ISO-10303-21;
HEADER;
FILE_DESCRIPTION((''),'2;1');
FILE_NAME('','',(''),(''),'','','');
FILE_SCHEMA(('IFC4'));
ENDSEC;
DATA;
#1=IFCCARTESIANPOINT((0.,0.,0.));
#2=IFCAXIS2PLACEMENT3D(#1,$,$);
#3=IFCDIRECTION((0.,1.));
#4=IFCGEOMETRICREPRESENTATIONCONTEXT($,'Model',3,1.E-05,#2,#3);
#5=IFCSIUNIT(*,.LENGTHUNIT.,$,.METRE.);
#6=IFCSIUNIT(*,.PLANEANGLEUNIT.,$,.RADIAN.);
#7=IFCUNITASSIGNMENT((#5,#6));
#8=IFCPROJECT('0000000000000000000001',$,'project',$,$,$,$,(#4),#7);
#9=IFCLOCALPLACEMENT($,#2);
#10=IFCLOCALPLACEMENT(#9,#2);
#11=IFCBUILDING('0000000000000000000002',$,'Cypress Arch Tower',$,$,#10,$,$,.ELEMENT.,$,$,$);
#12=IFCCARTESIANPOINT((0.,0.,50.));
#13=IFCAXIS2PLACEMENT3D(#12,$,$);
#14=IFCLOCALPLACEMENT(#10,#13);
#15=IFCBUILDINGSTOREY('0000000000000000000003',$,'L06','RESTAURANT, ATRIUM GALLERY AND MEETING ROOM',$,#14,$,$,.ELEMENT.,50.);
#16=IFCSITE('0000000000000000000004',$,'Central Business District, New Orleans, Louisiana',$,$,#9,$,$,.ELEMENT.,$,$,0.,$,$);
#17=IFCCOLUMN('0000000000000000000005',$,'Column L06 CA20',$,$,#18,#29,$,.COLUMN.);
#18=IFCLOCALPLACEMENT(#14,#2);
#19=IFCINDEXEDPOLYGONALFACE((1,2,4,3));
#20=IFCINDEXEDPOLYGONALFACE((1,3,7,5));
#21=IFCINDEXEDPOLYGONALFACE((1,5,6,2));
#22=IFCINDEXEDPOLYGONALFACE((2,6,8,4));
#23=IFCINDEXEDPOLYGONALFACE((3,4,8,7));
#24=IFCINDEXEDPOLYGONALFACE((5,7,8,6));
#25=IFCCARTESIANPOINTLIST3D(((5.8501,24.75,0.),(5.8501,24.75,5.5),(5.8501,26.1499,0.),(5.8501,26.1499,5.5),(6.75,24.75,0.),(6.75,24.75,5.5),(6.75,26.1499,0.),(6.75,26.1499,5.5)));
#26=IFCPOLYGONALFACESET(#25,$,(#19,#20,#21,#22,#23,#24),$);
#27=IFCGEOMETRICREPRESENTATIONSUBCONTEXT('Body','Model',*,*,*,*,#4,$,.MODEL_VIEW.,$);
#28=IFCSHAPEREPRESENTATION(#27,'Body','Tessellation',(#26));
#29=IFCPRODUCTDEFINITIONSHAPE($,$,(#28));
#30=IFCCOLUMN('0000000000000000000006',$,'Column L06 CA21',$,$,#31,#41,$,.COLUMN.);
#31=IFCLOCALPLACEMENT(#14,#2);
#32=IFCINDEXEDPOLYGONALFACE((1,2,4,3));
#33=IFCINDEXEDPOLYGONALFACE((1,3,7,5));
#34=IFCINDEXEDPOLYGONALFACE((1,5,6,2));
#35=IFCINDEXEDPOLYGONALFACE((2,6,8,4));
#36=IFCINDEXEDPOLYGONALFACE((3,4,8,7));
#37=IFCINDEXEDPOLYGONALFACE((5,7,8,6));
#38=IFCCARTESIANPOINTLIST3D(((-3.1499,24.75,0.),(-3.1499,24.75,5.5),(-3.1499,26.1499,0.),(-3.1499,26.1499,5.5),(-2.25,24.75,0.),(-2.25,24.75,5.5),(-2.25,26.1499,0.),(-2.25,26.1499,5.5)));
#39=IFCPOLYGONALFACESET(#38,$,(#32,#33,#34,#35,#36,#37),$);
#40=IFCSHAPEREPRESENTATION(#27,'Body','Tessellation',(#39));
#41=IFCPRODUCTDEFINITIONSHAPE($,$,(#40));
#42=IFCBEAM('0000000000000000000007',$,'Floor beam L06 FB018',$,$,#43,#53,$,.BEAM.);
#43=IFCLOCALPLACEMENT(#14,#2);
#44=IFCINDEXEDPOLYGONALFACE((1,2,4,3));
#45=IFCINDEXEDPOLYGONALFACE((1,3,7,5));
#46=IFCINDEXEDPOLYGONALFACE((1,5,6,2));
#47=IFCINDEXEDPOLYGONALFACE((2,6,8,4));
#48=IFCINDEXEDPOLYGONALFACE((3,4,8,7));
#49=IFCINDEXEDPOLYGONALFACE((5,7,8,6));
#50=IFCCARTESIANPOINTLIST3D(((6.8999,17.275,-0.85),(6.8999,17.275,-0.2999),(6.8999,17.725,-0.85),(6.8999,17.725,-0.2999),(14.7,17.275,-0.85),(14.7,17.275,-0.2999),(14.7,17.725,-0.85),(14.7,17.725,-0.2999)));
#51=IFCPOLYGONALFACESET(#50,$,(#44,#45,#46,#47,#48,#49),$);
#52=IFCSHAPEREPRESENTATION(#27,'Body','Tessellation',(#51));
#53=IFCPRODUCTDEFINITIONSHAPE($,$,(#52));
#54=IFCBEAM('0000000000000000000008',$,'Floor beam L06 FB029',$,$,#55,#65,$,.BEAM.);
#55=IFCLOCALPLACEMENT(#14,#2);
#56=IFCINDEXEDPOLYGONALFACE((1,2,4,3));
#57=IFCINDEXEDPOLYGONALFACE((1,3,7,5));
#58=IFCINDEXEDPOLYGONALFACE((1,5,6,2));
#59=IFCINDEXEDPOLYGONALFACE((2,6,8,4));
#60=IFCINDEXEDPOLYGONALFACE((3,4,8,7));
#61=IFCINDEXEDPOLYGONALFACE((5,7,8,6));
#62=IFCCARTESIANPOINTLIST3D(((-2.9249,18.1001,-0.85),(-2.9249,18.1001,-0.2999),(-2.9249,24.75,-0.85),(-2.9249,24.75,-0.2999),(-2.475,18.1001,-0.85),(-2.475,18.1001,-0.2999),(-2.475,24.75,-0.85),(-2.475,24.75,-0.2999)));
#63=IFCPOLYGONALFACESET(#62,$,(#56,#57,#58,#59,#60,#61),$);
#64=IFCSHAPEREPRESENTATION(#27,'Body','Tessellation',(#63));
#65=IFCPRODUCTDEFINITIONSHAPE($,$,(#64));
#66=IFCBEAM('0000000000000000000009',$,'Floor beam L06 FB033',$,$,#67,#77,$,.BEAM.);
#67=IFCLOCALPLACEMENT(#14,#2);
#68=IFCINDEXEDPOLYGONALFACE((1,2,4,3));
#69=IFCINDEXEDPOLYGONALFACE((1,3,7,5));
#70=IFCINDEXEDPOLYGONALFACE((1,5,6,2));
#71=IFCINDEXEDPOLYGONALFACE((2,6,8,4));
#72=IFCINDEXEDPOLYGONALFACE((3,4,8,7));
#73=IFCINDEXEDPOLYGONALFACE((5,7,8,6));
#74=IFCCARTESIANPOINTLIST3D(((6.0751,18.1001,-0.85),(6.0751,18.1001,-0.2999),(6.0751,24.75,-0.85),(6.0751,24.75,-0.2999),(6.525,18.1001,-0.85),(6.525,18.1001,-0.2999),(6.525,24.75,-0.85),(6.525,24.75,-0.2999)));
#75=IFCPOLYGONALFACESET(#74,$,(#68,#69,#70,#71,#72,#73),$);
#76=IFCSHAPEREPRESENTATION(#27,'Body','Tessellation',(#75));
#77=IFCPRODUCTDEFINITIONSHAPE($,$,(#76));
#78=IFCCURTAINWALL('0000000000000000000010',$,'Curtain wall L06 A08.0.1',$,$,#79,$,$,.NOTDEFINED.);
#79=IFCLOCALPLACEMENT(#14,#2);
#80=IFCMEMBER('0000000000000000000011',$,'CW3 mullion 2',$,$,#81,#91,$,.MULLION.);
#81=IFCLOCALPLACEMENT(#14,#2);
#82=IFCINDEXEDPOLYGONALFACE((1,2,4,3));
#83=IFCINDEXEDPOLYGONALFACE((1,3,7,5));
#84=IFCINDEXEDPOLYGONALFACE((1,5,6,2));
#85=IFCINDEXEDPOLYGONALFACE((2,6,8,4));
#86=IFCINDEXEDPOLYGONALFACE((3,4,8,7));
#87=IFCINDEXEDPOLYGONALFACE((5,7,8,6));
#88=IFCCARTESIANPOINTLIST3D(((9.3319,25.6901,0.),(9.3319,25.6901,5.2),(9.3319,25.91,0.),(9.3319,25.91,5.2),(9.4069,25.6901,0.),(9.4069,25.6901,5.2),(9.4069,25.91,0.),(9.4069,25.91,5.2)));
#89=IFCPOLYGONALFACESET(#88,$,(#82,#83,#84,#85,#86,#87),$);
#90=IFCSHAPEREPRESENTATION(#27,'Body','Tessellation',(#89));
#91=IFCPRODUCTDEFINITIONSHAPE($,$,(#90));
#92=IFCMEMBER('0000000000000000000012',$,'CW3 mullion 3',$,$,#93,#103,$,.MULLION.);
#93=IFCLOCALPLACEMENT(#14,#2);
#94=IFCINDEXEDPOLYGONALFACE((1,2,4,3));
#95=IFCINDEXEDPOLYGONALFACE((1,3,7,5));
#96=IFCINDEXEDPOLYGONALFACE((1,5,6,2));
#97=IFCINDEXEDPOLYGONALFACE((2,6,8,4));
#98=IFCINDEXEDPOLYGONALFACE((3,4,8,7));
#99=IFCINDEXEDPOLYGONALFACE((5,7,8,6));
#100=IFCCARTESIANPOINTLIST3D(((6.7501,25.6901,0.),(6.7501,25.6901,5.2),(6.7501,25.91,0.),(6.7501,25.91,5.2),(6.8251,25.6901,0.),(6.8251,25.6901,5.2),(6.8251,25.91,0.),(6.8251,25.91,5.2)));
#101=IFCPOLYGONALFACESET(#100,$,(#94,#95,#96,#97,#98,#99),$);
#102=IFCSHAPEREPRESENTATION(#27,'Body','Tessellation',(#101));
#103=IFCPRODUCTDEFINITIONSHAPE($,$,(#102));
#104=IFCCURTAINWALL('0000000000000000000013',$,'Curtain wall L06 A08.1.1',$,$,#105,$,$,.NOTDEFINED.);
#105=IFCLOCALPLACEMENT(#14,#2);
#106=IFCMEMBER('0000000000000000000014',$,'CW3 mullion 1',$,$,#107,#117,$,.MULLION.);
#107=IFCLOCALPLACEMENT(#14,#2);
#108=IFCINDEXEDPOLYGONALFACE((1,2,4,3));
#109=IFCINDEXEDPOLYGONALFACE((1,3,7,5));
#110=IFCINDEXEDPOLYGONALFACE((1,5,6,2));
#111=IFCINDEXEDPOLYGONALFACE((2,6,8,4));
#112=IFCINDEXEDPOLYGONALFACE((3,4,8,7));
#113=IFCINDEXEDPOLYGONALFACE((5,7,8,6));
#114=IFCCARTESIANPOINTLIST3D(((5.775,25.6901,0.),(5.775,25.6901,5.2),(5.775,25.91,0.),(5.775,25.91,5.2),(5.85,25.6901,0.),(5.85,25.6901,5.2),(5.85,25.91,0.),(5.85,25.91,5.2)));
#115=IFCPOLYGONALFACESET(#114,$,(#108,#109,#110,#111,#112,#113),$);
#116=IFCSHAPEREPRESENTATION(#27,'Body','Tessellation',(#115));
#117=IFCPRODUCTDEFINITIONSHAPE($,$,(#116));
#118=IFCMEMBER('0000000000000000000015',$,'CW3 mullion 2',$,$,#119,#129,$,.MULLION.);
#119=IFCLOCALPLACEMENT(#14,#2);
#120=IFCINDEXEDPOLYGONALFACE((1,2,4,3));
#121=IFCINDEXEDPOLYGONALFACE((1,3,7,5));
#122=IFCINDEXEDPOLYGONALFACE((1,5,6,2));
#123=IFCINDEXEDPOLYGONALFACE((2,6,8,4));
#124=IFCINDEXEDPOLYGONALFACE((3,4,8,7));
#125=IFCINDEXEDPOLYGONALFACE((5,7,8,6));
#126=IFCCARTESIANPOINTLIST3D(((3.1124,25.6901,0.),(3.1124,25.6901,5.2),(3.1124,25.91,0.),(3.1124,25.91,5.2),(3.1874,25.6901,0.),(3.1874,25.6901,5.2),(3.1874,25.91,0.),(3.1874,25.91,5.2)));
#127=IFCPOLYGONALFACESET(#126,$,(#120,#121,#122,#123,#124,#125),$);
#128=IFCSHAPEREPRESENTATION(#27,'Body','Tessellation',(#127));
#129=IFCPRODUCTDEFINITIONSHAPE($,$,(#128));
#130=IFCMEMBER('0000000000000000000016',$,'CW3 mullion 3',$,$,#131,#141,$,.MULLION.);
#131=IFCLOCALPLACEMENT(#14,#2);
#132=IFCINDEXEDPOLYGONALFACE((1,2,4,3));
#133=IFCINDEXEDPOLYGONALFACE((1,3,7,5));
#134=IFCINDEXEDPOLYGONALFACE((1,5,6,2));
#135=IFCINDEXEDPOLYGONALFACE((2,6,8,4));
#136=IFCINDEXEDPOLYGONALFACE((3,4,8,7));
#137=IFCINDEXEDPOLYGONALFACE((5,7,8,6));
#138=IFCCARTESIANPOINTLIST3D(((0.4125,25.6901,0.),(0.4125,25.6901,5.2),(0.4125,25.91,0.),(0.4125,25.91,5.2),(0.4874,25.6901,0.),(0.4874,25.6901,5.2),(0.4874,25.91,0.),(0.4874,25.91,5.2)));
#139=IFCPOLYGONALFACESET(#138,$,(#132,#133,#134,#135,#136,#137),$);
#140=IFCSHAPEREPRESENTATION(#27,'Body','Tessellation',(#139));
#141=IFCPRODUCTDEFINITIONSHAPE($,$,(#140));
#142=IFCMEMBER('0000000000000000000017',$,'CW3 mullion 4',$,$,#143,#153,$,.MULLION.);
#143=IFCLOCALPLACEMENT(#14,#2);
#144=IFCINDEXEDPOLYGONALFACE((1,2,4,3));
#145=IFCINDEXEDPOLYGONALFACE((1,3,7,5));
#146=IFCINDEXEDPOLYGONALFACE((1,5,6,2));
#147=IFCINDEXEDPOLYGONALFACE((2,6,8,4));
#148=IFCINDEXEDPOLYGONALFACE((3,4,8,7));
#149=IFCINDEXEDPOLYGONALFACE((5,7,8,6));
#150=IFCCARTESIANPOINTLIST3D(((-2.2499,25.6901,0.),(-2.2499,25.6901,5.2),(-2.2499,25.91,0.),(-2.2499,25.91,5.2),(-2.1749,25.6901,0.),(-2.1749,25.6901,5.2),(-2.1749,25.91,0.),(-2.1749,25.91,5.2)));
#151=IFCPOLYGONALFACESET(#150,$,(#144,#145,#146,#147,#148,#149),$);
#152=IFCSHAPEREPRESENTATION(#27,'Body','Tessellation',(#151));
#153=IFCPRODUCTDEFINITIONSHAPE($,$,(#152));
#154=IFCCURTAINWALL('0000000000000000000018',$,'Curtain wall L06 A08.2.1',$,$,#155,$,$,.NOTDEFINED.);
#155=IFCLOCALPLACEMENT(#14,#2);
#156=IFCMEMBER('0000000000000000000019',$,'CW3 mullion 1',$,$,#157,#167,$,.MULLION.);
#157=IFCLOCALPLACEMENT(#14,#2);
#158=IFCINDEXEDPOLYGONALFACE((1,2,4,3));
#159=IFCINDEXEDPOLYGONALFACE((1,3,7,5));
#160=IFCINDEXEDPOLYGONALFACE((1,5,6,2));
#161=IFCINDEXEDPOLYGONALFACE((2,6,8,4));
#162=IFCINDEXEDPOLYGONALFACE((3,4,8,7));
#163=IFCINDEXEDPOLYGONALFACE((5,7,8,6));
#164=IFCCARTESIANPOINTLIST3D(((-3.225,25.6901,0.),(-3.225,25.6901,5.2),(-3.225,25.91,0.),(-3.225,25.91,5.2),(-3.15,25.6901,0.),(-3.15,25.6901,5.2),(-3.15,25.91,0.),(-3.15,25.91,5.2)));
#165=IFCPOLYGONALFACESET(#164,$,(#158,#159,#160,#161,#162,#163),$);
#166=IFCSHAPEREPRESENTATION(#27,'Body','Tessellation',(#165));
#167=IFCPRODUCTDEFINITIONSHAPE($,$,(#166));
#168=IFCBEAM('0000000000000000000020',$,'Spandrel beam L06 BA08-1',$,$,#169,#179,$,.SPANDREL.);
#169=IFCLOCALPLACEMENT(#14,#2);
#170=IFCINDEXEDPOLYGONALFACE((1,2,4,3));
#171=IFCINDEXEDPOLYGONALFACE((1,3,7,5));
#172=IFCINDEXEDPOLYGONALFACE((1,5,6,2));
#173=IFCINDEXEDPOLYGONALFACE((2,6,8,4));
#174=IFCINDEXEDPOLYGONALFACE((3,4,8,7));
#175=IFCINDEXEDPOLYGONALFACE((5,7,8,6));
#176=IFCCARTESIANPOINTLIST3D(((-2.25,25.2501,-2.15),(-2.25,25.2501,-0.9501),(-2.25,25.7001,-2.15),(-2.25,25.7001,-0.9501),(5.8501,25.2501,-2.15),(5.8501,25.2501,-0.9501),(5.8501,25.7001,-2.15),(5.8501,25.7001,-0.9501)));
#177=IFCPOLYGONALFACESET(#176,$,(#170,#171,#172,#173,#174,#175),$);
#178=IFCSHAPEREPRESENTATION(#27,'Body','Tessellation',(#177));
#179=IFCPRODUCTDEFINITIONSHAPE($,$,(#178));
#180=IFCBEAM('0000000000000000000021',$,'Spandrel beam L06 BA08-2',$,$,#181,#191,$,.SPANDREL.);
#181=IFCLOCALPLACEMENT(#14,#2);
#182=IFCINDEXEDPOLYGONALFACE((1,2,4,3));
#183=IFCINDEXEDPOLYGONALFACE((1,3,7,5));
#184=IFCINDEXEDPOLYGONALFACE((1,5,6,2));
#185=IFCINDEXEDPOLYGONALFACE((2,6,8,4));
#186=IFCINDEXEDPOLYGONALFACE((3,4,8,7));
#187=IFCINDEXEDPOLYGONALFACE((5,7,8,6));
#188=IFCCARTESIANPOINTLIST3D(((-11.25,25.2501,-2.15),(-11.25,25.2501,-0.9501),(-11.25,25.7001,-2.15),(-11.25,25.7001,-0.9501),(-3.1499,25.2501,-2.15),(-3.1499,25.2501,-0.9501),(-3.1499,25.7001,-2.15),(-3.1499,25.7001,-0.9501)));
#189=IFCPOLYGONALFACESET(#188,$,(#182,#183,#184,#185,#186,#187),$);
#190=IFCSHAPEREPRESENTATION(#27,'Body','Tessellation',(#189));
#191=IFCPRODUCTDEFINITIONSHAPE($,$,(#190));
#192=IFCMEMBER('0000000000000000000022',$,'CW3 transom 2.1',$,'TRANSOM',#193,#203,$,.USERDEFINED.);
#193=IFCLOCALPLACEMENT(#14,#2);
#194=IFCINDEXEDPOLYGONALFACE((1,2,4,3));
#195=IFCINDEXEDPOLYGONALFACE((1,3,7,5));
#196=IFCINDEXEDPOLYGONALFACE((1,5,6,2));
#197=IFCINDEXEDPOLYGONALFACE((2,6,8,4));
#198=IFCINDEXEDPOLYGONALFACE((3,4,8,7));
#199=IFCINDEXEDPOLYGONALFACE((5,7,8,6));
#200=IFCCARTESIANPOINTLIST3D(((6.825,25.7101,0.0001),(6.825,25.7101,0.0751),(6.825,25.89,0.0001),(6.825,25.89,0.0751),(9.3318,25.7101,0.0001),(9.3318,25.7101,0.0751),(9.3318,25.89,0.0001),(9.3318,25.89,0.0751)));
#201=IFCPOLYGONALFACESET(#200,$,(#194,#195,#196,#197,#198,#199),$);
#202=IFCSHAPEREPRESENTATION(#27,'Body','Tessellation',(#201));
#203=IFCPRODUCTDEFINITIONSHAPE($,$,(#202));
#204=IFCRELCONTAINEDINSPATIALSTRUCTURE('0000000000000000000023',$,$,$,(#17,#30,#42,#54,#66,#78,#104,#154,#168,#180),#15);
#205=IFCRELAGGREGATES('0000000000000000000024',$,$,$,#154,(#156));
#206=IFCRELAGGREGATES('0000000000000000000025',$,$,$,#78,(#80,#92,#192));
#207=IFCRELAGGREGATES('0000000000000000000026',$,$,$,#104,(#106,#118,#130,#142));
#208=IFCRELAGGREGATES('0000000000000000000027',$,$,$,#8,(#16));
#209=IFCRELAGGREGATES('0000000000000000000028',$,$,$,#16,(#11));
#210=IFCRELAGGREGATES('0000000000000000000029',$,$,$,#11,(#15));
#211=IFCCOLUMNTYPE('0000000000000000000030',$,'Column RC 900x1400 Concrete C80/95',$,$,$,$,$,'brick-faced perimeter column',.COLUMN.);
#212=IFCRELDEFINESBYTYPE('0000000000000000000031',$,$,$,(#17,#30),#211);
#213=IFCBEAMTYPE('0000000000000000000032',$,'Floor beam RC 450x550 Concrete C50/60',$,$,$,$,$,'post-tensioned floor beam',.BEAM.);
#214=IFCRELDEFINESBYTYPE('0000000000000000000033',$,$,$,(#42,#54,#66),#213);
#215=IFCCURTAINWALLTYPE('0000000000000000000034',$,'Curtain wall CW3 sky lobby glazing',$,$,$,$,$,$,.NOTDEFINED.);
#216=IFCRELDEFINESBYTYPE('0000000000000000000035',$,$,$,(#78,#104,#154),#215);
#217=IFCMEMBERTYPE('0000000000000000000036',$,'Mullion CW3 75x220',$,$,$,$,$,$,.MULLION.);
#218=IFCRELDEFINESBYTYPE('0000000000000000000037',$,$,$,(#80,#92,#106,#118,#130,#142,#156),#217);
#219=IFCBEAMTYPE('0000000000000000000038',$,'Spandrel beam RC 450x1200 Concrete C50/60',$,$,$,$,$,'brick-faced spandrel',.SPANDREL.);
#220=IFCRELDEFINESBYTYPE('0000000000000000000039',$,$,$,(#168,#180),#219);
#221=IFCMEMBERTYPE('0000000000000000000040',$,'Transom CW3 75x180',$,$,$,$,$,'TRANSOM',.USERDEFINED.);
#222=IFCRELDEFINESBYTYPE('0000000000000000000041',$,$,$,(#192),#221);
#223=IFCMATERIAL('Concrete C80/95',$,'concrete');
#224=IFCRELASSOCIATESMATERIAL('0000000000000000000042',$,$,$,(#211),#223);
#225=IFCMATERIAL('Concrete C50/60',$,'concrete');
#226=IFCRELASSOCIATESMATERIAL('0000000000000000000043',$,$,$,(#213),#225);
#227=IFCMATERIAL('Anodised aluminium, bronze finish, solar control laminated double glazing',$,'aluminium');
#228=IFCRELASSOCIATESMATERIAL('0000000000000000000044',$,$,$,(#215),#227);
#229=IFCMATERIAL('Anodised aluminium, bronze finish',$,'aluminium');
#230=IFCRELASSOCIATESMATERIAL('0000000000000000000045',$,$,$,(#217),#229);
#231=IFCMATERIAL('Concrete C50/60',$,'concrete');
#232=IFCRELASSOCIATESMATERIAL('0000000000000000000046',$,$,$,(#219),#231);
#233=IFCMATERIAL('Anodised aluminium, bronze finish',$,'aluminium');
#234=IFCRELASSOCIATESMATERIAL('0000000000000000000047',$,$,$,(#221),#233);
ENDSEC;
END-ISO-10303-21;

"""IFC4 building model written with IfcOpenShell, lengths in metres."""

from ifc_helpers import new_model, si_unit, direction, frame, origin, origin_2d, place, context, subcontext, project, spatial, rectangle, extrude, material, material_profile, profile_set, type_object, element, aggregate, save


model = new_model("IFC4")

# Units and contexts
model_context = context("Model", 3, precision=1e-05, world=origin(), true_north=direction((0.0, 1.0)))
body_context = subcontext(model_context, "Body", "Model", "MODEL_VIEW")
ifc_project = project(units=[si_unit("LENGTHUNIT", "METRE"), si_unit("PLANEANGLEUNIT", "RADIAN")], contexts=[model_context])

# Site, building, storey
site_placement = place(None, origin())
site = spatial("IfcSite", under=ifc_project, at=site_placement, Name="Central Business District, New Orleans, Louisiana", CompositionType="ELEMENT", RefElevation=0.0)
building_placement = place(site_placement, origin())
building = spatial("IfcBuilding", under=site, at=building_placement, Name="Cypress Arch Tower", CompositionType="ELEMENT")
storey_placement = place(building_placement, frame((0.0, 0.0, 50.0)))
storey = spatial("IfcBuildingStorey", under=building, at=storey_placement, Name="L06", Description="RESTAURANT, ATRIUM GALLERY AND MEETING ROOM", CompositionType="ELEMENT", Elevation=50.0)

# Columns
ifc_material_1 = material(Name="Concrete C80/95", Category="concrete")
ifc_material_profile_1 = material_profile(ifc_material_1, rectangle(XDim=0.8999, YDim=1.3999, at=origin_2d()), Name="RC 900x1400")
ifc_profile_set_1 = profile_set([ifc_material_profile_1], Name="Concrete C80/95")
column_type = type_object("IfcColumnType", Name="Column RC 900x1400 Concrete C80/95", ElementType="brick-faced perimeter column", PredefinedType="COLUMN", material=ifc_profile_set_1)
for number, where, z_axis, x_axis, name in (
    (1, (6.3, 25.45, 0.0), (0.0, 0.0, 1.0), (-1.0, 0.0, 0.0), "Column L06 CA20"),
    (2, (-2.7, 25.45, 0.0), (0.0, 0.0, 1.0), (-1.0, 0.0, 0.0), "Column L06 CA21"),
):
    element("IfcColumn", number, at=place(storey_placement, frame(where, z_axis=z_axis, x_axis=x_axis)), inside=storey, type_object=column_type, Name=name, PredefinedType="COLUMN", context=body_context, shape_type="SweptSolid", body=[
        extrude(rectangle(XDim=0.8999, YDim=1.3999, at=origin_2d()), origin(), (0.0, 0.0, 1.0), 5.5),
    ])

# Beams
ifc_material_2 = material(Name="Concrete C50/60", Category="concrete")
ifc_material_profile_2 = material_profile(ifc_material_2, rectangle(XDim=0.45, YDim=0.55, at=origin_2d()), Name="RC 450x550")
ifc_profile_set_2 = profile_set([ifc_material_profile_2], Name="Concrete C50/60")
beam_type_1 = type_object("IfcBeamType", Name="Floor beam RC 450x550 Concrete C50/60", ElementType="post-tensioned floor beam", PredefinedType="BEAM", material=ifc_profile_set_2)
beam_placement = place(storey_placement, frame((6.8999, 17.5, -0.575), z_axis=(1.0, 0.0, 0.0), x_axis=(0.0, 1.0, 0.0)))
element("IfcBeam", 3, at=beam_placement, inside=storey, type_object=beam_type_1, Name="Floor beam L06 FB018", PredefinedType="BEAM", context=body_context, shape_type="SweptSolid", body=[
    extrude(rectangle(XDim=0.45, YDim=0.55, at=origin_2d()), origin(), (0.0, 0.0, 1.0), 7.8),
])
for number, where, z_axis, x_axis, name in (
    (4, (-2.7, 18.1001, -0.575), (0.0, 1.0, 0.0), (-1.0, 0.0, 0.0), "Floor beam L06 FB029"),
    (5, (6.3, 18.1001, -0.575), (0.0, 1.0, 0.0), (-1.0, 0.0, 0.0), "Floor beam L06 FB033"),
):
    element("IfcBeam", number, at=place(storey_placement, frame(where, z_axis=z_axis, x_axis=x_axis)), inside=storey, type_object=beam_type_1, Name=name, PredefinedType="BEAM", context=body_context, shape_type="SweptSolid", body=[
        extrude(rectangle(XDim=0.45, YDim=0.55, at=origin_2d()), origin(), (0.0, 0.0, 1.0), 6.6499),
    ])

# Curtain walls, members
ifc_material_3 = material(Name="Anodised aluminium, bronze finish, solar control laminated double glazing", Category="aluminium")
curtain_wall_type = type_object("IfcCurtainWallType", Name="Curtain wall CW3 sky lobby glazing", PredefinedType="NOTDEFINED", material=ifc_material_3)
curtain_wall_1_placement = place(storey_placement, origin())
curtain_wall_1 = element("IfcCurtainWall", 6, at=curtain_wall_1_placement, inside=storey, type_object=curtain_wall_type, Name="Curtain wall L06 A08.0.1", PredefinedType="NOTDEFINED")
ifc_material_4 = material(Name="Anodised aluminium, bronze finish", Category="aluminium")
ifc_material_profile_3 = material_profile(ifc_material_4, rectangle(XDim=0.22, YDim=0.075, at=origin_2d()), Name="Mullion 75x220")
ifc_profile_set_3 = profile_set([ifc_material_profile_3], Name="Anodised aluminium, bronze finish")
member_type_1 = type_object("IfcMemberType", Name="Mullion CW3 75x220", PredefinedType="MULLION", material=ifc_profile_set_3)
member_1_placement = place(storey_placement, frame((9.3694, 25.8, 0.0), z_axis=(0.0, 0.0, 1.0), x_axis=(0.0, -1.0, 0.0)))
member_1 = element("IfcMember", 7, at=member_1_placement, type_object=member_type_1, Name="CW3 mullion 2", PredefinedType="MULLION", context=body_context, shape_type="SweptSolid", body=[
    extrude(rectangle(XDim=0.22, YDim=0.075, at=origin_2d()), origin(), (0.0, 0.0, 1.0), 5.2),
])
member_2_placement = place(storey_placement, frame((6.7876, 25.8, 0.0), z_axis=(0.0, 0.0, 1.0), x_axis=(0.0, -1.0, 0.0)))
member_2 = element("IfcMember", 8, at=member_2_placement, type_object=member_type_1, Name="CW3 mullion 3", PredefinedType="MULLION", context=body_context, shape_type="SweptSolid", body=[
    extrude(rectangle(XDim=0.22, YDim=0.075, at=origin_2d()), origin(), (0.0, 0.0, 1.0), 5.2),
])
curtain_wall_2_placement = place(storey_placement, origin())
curtain_wall_2 = element("IfcCurtainWall", 9, at=curtain_wall_2_placement, inside=storey, type_object=curtain_wall_type, Name="Curtain wall L06 A08.1.1", PredefinedType="NOTDEFINED")
member_3_placement = place(storey_placement, frame((5.8125, 25.8, 0.0), z_axis=(0.0, 0.0, 1.0), x_axis=(0.0, -1.0, 0.0)))
member_3 = element("IfcMember", 10, at=member_3_placement, type_object=member_type_1, Name="CW3 mullion 1", PredefinedType="MULLION", context=body_context, shape_type="SweptSolid", body=[
    extrude(rectangle(XDim=0.22, YDim=0.075, at=origin_2d()), origin(), (0.0, 0.0, 1.0), 5.2),
])
member_4_placement = place(storey_placement, frame((3.1499, 25.8, 0.0), z_axis=(0.0, 0.0, 1.0), x_axis=(0.0, -1.0, 0.0)))
member_4 = element("IfcMember", 11, at=member_4_placement, type_object=member_type_1, Name="CW3 mullion 2", PredefinedType="MULLION", context=body_context, shape_type="SweptSolid", body=[
    extrude(rectangle(XDim=0.22, YDim=0.075, at=origin_2d()), origin(), (0.0, 0.0, 1.0), 5.2),
])
member_5_placement = place(storey_placement, frame((0.45, 25.8, 0.0), z_axis=(0.0, 0.0, 1.0), x_axis=(0.0, -1.0, 0.0)))
member_5 = element("IfcMember", 12, at=member_5_placement, type_object=member_type_1, Name="CW3 mullion 3", PredefinedType="MULLION", context=body_context, shape_type="SweptSolid", body=[
    extrude(rectangle(XDim=0.22, YDim=0.075, at=origin_2d()), origin(), (0.0, 0.0, 1.0), 5.2),
])
member_6_placement = place(storey_placement, frame((-2.2124, 25.8, 0.0), z_axis=(0.0, 0.0, 1.0), x_axis=(0.0, -1.0, 0.0)))
member_6 = element("IfcMember", 13, at=member_6_placement, type_object=member_type_1, Name="CW3 mullion 4", PredefinedType="MULLION", context=body_context, shape_type="SweptSolid", body=[
    extrude(rectangle(XDim=0.22, YDim=0.075, at=origin_2d()), origin(), (0.0, 0.0, 1.0), 5.2),
])

# Curtain wall, member
curtain_wall_3_placement = place(storey_placement, origin())
curtain_wall_3 = element("IfcCurtainWall", 14, at=curtain_wall_3_placement, inside=storey, type_object=curtain_wall_type, Name="Curtain wall L06 A08.2.1", PredefinedType="NOTDEFINED")
member_7_placement = place(storey_placement, frame((-3.1875, 25.8, 0.0), z_axis=(0.0, 0.0, 1.0), x_axis=(0.0, -1.0, 0.0)))
member_7 = element("IfcMember", 15, at=member_7_placement, type_object=member_type_1, Name="CW3 mullion 1", PredefinedType="MULLION", context=body_context, shape_type="SweptSolid", body=[
    extrude(rectangle(XDim=0.22, YDim=0.075, at=origin_2d()), origin(), (0.0, 0.0, 1.0), 5.2),
])
aggregate(curtain_wall_3, [member_7])

# Beams
ifc_material_5 = material(Name="Concrete C50/60", Category="concrete")
ifc_material_profile_4 = material_profile(ifc_material_5, rectangle(XDim=0.45, YDim=1.2, at=origin_2d()), Name="RC 450x1200")
ifc_profile_set_4 = profile_set([ifc_material_profile_4], Name="Concrete C50/60")
beam_type_2 = type_object("IfcBeamType", Name="Spandrel beam RC 450x1200 Concrete C50/60", ElementType="brick-faced spandrel", PredefinedType="SPANDREL", material=ifc_profile_set_4)
for number, where, z_axis, x_axis, name in (
    (16, (5.8501, 25.4751, -1.55), (-1.0, 0.0, 0.0), (0.0, -1.0, 0.0), "Spandrel beam L06 BA08-1"),
    (17, (-3.1499, 25.4751, -1.55), (-1.0, 0.0, 0.0), (0.0, -1.0, 0.0), "Spandrel beam L06 BA08-2"),
):
    element("IfcBeam", number, at=place(storey_placement, frame(where, z_axis=z_axis, x_axis=x_axis)), inside=storey, type_object=beam_type_2, Name=name, PredefinedType="SPANDREL", context=body_context, shape_type="SweptSolid", body=[
        extrude(rectangle(XDim=0.45, YDim=1.2, at=origin_2d()), origin(), (0.0, 0.0, 1.0), 8.1001),
    ])

# Member
ifc_material_6 = material(Name="Anodised aluminium, bronze finish", Category="aluminium")
ifc_material_profile_5 = material_profile(ifc_material_6, rectangle(XDim=0.1799, YDim=0.075, at=origin_2d()), Name="Transom 75x180")
ifc_profile_set_5 = profile_set([ifc_material_profile_5], Name="Anodised aluminium, bronze finish")
member_type_2 = type_object("IfcMemberType", Name="Transom CW3 75x180", ElementType="TRANSOM", PredefinedType="USERDEFINED", material=ifc_profile_set_5)
member_8_placement = place(storey_placement, frame((9.3318, 25.8, 0.0376), z_axis=(-1.0, 0.0, 0.0), x_axis=(0.0, -1.0, 0.0)))
member_8 = element("IfcMember", 18, at=member_8_placement, type_object=member_type_2, Name="CW3 transom 2.1", ObjectType="TRANSOM", PredefinedType="USERDEFINED", context=body_context, shape_type="SweptSolid", body=[
    extrude(rectangle(XDim=0.1799, YDim=0.075, at=origin_2d()), origin(), (0.0, 0.0, 1.0), 2.5068),
])

aggregate(curtain_wall_1, [member_1, member_2, member_8])
aggregate(curtain_wall_2, [member_3, member_4, member_5, member_6])

save(model, "model.ifc")
